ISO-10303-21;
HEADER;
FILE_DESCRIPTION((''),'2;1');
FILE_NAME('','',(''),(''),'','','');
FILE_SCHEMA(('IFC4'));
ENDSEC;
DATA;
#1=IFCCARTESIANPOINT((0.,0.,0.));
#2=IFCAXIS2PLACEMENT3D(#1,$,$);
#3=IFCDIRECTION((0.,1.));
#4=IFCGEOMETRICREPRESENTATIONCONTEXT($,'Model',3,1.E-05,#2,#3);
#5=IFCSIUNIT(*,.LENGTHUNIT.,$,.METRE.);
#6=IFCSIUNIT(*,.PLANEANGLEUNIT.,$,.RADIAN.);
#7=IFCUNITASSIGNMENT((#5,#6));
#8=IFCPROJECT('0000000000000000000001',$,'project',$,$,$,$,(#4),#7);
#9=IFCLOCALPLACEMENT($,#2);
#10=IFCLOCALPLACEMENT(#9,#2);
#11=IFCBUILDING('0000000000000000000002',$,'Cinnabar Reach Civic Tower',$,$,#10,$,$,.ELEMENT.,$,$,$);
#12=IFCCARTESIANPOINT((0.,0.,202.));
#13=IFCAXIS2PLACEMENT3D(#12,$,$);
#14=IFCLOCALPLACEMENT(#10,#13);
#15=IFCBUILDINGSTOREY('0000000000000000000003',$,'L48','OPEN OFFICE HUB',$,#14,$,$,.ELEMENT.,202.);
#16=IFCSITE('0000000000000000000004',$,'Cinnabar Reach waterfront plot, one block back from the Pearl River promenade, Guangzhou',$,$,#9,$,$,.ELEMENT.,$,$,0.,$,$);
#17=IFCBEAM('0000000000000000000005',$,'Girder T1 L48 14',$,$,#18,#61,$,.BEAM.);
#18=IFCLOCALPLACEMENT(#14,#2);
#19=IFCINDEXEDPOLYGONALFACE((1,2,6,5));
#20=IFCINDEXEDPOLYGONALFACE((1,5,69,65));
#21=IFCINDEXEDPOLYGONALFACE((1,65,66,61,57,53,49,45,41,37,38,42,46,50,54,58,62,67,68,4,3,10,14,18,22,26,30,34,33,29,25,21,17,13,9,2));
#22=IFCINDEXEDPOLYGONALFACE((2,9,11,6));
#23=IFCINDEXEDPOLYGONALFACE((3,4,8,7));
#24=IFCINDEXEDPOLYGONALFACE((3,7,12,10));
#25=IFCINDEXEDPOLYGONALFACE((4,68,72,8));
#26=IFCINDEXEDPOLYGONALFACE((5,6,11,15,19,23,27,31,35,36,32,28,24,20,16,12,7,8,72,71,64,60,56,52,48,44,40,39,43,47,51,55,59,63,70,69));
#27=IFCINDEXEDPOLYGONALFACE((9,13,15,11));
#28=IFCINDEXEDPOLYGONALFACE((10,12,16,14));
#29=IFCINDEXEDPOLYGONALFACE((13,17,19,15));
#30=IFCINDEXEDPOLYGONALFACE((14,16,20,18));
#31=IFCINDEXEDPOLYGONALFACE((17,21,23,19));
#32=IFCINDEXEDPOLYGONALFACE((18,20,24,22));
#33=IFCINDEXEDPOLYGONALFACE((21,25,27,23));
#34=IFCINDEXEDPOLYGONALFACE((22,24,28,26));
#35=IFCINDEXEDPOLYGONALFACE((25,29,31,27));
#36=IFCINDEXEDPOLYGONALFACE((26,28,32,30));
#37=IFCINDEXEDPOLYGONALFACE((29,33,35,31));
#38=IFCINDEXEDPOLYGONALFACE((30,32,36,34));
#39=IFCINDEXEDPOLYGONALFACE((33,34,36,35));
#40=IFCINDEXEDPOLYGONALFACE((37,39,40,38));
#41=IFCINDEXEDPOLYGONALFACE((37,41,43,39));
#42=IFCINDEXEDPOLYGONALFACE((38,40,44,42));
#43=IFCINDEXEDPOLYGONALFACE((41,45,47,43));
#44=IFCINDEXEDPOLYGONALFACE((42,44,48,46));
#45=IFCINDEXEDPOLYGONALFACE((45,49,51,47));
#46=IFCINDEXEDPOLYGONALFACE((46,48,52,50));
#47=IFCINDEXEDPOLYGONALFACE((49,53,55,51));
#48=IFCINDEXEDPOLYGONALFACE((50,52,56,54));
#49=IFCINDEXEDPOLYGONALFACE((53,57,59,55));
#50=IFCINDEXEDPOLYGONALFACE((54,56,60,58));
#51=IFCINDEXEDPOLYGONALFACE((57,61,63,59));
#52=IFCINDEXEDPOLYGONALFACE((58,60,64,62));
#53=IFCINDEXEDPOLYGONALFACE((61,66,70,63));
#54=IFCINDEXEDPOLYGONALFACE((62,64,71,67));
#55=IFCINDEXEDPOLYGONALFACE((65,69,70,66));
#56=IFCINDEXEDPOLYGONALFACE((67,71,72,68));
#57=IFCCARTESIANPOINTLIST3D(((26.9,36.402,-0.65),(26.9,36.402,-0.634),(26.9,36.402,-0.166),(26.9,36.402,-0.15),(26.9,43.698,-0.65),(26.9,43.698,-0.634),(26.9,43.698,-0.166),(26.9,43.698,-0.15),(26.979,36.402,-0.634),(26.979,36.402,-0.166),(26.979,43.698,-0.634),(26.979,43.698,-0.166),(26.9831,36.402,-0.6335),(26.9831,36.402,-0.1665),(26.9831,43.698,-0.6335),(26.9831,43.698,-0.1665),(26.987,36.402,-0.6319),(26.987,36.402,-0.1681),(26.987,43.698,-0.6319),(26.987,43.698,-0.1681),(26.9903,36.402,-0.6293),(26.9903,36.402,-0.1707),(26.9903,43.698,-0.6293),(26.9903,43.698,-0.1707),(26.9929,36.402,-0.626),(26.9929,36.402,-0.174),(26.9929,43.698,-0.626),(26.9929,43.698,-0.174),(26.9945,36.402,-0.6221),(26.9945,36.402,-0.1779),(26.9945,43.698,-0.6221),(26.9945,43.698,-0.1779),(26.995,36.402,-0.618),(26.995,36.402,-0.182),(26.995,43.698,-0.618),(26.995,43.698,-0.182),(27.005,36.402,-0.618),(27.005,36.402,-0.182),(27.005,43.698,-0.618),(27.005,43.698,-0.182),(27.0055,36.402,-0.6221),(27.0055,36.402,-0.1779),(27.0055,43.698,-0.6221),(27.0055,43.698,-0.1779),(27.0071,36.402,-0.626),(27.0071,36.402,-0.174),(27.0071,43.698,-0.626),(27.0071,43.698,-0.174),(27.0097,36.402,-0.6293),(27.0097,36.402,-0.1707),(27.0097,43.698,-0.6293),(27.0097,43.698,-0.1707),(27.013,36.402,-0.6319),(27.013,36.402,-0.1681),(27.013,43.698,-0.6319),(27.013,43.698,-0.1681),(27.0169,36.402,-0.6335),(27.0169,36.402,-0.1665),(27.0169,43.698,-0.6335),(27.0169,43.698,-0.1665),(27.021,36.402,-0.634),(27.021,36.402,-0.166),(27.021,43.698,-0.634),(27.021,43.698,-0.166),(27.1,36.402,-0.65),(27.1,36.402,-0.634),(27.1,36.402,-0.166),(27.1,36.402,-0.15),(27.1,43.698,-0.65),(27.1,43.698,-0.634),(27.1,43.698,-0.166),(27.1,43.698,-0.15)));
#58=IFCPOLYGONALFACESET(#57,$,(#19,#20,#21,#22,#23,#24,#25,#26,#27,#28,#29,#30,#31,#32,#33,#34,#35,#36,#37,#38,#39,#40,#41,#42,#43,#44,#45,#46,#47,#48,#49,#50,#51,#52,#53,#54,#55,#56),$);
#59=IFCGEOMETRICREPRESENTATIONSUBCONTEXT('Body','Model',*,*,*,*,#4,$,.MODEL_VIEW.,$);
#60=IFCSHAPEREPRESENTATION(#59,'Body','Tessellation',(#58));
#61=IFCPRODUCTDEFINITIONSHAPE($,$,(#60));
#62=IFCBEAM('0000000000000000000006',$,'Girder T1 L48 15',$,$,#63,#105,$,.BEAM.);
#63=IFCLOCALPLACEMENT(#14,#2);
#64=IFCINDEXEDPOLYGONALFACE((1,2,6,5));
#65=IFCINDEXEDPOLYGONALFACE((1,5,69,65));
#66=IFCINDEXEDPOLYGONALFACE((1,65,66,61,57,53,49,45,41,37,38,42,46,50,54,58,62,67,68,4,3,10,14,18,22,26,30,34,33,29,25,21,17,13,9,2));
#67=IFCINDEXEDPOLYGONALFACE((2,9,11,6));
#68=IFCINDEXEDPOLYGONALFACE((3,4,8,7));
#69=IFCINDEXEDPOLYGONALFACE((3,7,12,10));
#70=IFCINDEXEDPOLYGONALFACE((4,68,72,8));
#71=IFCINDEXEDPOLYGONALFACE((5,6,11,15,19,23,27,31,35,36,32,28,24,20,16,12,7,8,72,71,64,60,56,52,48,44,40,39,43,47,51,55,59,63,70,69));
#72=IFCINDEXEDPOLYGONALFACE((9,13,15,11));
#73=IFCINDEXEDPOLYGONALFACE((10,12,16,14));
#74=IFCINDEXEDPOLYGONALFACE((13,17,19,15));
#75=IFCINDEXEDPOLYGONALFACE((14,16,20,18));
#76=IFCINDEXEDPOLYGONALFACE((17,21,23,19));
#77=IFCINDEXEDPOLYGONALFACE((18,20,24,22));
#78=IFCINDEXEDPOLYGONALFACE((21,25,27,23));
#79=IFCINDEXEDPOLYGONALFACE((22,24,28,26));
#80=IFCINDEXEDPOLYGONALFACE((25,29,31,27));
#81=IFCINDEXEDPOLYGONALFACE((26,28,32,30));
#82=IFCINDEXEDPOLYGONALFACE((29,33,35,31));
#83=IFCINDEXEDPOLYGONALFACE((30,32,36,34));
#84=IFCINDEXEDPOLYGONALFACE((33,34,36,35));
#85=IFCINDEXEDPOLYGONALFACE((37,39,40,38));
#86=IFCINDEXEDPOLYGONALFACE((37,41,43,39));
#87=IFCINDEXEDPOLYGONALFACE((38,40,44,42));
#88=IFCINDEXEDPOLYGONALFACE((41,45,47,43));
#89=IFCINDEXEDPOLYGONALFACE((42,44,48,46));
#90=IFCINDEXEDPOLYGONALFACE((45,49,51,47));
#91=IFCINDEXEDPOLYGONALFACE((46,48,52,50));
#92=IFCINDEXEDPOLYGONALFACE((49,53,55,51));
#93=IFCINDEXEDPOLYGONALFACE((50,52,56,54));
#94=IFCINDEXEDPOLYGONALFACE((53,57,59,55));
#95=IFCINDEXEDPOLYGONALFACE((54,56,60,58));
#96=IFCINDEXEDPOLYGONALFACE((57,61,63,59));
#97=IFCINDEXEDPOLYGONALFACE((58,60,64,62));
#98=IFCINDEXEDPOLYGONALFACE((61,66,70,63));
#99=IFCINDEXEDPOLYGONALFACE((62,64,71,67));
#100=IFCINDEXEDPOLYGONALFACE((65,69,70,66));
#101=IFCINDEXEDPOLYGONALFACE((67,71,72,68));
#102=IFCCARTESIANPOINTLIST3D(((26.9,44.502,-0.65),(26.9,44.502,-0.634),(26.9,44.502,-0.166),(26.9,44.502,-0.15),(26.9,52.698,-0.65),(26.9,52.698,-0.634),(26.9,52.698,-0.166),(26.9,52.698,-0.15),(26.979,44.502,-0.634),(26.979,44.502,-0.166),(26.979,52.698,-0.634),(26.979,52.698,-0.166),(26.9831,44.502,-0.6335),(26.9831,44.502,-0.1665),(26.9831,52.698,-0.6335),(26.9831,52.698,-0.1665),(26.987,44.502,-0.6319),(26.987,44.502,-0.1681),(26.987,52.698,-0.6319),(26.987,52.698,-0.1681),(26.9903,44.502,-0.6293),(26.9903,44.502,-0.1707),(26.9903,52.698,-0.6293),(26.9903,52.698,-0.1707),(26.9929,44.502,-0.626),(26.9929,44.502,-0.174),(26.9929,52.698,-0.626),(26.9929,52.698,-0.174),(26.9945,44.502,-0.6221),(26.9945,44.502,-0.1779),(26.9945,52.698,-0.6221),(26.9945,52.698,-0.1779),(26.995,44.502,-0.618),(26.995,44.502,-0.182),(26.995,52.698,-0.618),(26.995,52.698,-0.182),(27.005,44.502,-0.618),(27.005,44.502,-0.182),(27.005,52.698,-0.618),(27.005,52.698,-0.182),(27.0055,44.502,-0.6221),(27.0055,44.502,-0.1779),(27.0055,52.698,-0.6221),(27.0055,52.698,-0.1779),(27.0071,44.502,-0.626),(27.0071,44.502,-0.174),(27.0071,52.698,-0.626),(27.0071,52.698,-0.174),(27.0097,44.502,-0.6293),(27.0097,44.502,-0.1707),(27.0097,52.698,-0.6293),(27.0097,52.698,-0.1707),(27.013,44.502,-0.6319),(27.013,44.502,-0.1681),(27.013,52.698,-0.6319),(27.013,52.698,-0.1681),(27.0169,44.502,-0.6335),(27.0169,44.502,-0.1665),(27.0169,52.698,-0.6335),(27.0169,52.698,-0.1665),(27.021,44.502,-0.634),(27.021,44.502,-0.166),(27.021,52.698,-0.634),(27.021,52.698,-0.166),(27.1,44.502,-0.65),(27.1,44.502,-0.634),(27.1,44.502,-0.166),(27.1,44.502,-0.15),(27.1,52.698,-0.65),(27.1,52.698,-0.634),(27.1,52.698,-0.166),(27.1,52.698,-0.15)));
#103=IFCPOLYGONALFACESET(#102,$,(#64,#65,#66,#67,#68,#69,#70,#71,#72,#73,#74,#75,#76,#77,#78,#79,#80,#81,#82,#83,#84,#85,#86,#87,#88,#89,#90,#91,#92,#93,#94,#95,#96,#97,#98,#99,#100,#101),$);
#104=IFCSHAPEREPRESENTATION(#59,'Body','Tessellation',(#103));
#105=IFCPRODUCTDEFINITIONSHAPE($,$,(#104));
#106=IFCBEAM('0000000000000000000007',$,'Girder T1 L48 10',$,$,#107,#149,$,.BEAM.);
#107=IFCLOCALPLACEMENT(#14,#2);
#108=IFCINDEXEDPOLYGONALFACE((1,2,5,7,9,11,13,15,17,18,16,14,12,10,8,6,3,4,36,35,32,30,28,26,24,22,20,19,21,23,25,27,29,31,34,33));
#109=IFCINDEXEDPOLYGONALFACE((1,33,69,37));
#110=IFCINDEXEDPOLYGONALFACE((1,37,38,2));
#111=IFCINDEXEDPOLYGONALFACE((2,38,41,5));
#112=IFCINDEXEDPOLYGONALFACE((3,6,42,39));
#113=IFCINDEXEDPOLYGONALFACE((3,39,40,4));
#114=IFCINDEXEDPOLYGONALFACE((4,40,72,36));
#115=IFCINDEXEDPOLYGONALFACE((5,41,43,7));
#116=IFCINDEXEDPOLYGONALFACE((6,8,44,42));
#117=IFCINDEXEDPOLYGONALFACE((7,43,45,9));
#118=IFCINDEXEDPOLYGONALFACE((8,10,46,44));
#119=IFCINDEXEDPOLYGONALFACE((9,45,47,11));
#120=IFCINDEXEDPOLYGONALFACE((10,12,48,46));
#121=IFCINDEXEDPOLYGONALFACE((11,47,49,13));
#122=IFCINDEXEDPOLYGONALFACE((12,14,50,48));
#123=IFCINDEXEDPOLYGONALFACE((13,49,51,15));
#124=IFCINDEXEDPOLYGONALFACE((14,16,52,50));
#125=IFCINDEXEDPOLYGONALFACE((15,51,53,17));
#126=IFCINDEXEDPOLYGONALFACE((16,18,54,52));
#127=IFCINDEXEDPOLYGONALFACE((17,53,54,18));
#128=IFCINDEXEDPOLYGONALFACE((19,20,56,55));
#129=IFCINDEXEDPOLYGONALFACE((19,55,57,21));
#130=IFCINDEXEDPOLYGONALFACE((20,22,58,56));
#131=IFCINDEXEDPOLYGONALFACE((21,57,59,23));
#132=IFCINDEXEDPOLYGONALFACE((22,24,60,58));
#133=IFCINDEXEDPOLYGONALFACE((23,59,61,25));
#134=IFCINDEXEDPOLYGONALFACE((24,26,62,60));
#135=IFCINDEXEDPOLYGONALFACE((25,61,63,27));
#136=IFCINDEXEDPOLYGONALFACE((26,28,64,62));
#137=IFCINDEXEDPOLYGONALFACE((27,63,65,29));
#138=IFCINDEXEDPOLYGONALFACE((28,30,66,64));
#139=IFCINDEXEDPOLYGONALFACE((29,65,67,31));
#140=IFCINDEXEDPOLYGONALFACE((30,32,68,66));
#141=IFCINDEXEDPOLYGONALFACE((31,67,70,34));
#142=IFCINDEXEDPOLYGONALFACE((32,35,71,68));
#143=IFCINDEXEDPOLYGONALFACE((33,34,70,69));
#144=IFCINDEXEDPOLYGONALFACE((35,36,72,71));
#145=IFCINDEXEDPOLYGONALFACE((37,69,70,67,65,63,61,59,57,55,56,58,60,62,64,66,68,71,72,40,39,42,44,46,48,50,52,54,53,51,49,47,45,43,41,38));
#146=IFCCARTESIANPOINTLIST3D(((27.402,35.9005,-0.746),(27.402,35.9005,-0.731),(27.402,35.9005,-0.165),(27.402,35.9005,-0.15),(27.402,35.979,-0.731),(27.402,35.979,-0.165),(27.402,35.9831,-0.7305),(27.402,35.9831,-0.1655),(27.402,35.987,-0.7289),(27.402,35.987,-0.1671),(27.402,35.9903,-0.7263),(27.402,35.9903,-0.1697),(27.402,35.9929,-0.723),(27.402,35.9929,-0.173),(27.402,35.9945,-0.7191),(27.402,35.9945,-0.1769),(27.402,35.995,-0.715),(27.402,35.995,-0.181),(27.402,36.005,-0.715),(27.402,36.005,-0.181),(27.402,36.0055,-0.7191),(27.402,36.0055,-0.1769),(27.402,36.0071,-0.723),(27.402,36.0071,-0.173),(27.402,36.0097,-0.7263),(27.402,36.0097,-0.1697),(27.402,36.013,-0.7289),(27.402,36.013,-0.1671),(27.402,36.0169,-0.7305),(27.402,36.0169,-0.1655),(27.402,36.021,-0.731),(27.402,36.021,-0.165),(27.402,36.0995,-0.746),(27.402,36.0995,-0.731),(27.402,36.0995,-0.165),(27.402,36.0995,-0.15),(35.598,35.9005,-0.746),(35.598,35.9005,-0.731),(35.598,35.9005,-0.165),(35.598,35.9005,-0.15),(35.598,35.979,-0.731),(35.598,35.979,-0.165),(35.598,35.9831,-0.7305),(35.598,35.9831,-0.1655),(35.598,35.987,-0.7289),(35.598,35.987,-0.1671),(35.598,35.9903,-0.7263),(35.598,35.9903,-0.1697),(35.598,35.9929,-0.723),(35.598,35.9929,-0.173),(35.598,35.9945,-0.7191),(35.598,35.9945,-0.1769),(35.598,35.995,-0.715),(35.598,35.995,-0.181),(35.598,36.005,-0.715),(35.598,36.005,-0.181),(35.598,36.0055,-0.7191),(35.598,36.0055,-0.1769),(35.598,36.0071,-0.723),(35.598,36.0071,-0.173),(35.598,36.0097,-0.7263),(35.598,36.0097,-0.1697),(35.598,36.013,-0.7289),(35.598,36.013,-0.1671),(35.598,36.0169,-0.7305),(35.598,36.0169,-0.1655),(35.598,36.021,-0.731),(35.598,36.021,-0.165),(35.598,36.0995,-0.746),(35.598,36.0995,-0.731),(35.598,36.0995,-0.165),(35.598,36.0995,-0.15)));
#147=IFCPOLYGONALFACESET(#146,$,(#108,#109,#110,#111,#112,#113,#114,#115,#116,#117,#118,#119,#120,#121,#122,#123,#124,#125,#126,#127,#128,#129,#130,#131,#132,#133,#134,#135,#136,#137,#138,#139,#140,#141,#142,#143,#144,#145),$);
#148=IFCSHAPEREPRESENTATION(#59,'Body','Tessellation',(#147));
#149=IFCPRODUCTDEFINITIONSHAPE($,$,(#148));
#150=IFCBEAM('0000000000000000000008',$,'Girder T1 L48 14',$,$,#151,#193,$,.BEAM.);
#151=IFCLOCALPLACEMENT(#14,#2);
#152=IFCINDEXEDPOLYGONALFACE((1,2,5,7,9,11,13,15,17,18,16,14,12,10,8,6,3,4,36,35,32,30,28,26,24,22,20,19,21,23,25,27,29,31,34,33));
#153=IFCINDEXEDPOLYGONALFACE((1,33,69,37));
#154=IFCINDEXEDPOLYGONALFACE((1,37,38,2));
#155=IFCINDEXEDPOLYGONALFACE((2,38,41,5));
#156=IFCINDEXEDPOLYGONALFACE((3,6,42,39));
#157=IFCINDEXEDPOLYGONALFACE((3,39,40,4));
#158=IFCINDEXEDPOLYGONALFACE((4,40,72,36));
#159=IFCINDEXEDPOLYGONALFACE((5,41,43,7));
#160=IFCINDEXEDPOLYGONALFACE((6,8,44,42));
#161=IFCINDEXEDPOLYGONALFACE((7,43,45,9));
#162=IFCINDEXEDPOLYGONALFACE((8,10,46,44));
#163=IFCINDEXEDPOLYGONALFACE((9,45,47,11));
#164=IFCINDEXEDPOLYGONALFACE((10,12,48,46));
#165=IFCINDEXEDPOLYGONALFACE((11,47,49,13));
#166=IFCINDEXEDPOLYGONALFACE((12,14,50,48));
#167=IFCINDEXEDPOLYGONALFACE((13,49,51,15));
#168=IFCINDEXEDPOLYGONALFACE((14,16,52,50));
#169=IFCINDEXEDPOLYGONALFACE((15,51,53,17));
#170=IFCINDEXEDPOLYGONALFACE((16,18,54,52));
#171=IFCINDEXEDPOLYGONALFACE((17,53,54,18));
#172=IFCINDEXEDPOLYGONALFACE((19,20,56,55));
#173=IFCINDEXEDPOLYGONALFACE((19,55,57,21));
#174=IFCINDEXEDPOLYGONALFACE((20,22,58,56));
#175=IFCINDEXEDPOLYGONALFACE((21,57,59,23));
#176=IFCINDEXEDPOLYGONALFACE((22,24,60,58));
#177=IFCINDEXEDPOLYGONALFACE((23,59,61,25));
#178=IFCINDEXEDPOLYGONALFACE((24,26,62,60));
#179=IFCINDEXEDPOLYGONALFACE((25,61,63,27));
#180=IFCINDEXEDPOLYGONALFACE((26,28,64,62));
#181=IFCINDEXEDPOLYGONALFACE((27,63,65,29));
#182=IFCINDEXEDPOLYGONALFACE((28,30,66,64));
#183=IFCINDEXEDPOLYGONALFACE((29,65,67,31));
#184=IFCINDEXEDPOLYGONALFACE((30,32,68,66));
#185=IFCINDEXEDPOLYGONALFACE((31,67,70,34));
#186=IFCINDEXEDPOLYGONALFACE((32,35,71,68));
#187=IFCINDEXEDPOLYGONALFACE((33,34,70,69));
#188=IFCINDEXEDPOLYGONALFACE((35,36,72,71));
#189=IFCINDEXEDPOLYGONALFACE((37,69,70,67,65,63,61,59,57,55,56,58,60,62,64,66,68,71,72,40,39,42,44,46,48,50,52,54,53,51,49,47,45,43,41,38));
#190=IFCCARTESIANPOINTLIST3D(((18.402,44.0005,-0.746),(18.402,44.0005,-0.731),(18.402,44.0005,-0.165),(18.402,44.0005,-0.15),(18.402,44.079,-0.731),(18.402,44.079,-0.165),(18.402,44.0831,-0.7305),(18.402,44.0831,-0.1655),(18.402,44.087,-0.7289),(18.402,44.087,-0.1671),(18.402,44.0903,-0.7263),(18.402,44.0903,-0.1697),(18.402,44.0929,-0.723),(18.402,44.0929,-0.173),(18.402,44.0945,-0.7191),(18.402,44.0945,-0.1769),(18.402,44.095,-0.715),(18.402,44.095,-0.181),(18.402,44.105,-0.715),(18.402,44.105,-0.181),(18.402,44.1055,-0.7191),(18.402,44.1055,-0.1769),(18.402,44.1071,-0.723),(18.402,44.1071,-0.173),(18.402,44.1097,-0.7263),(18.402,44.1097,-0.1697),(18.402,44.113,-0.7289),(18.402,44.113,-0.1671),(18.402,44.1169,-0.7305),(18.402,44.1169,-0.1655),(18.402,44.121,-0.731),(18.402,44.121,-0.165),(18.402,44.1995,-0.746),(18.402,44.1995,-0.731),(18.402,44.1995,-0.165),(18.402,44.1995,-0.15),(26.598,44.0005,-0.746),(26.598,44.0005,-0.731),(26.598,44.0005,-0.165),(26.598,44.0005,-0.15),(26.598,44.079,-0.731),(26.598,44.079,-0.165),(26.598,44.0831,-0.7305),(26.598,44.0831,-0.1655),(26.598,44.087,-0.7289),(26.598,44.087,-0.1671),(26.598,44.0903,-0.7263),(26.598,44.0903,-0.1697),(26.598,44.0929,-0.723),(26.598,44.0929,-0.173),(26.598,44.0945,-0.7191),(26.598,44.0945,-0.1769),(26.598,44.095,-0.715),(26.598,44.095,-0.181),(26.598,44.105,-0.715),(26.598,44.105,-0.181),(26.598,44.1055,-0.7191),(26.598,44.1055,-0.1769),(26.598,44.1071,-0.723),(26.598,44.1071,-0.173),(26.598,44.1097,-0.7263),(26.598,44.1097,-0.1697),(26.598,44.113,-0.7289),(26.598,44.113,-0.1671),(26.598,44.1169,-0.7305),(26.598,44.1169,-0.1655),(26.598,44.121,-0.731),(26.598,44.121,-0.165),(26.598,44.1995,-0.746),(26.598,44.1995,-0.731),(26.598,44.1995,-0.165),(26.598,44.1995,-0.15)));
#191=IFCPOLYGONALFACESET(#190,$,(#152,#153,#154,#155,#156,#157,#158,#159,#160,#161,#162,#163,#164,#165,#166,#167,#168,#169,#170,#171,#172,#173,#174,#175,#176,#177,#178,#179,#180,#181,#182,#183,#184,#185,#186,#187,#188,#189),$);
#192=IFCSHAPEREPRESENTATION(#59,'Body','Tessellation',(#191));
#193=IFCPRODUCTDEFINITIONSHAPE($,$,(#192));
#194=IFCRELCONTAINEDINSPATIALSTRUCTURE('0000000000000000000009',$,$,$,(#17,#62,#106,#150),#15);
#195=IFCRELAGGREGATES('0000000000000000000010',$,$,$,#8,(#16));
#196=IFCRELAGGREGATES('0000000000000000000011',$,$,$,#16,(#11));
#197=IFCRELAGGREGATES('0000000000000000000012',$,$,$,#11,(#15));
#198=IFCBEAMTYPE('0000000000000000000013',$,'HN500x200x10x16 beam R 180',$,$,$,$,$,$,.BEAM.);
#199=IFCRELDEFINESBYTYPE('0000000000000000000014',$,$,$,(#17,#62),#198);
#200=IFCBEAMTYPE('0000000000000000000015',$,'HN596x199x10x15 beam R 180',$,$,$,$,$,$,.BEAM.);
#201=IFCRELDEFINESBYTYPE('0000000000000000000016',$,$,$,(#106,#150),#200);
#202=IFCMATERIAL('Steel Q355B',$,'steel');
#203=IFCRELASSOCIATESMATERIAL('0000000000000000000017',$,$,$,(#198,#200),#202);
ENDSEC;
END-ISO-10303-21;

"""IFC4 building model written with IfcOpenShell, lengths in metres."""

from ifc_helpers import new_model, si_unit, direction, frame, origin, origin_2d, place, context, subcontext, project, spatial, i_section, extrude, material, material_profile, profile_set, type_object, element, save


model = new_model("IFC4")

# Units and contexts
model_context = context("Model", 3, precision=1e-05, world=origin(), true_north=direction((0.0, 1.0)))
body_context = subcontext(model_context, "Body", "Model", "MODEL_VIEW")
ifc_project = project(units=[si_unit("LENGTHUNIT", "METRE"), si_unit("PLANEANGLEUNIT", "RADIAN")], contexts=[model_context])

# Site, building, storey
site_placement = place(None, origin())
site = spatial("IfcSite", under=ifc_project, at=site_placement, Name="Cinnabar Reach waterfront plot, one block back from the Pearl River promenade, Guangzhou", CompositionType="ELEMENT", RefElevation=0.0)
building_placement = place(site_placement, origin())
building = spatial("IfcBuilding", under=site, at=building_placement, Name="Cinnabar Reach Civic Tower", CompositionType="ELEMENT")
storey_placement = place(building_placement, frame((0.0, 0.0, 202.0)))
storey = spatial("IfcBuildingStorey", under=building, at=storey_placement, Name="L48", Description="OPEN OFFICE HUB", CompositionType="ELEMENT", Elevation=202.0)

# Beams
ifc_material_1 = material(Name="Steel Q355B", Category="steel")
ifc_material_profile_1 = material_profile(ifc_material_1, i_section(OverallWidth=0.2, OverallDepth=0.5, WebThickness=0.01, FlangeThickness=0.016, FilletRadius=0.016, at=origin_2d()), Name="HN500x200x10x16")
ifc_profile_set_1 = profile_set([ifc_material_profile_1], Name="Steel Q355B")
beam_type_1 = type_object("IfcBeamType", Name="HN500x200x10x16 beam R 180", PredefinedType="BEAM", material=ifc_profile_set_1)
beam_1_placement = place(storey_placement, frame((27.0, 36.402, -0.4), z_axis=(0.0, 1.0, 0.0), x_axis=(-1.0, 0.0, 0.0)))
element("IfcBeam", 1, at=beam_1_placement, inside=storey, type_object=beam_type_1, Name="Girder T1 L48 14", PredefinedType="BEAM", context=body_context, shape_type="SweptSolid", body=[
    extrude(i_section(OverallWidth=0.2, OverallDepth=0.5, WebThickness=0.01, FlangeThickness=0.016, FilletRadius=0.016, at=origin_2d()), origin(), (0.0, 0.0, 1.0), 7.296),
])
beam_2_placement = place(storey_placement, frame((27.0, 44.502, -0.4), z_axis=(0.0, 1.0, 0.0), x_axis=(-1.0, 0.0, 0.0)))
element("IfcBeam", 2, at=beam_2_placement, inside=storey, type_object=beam_type_1, Name="Girder T1 L48 15", PredefinedType="BEAM", context=body_context, shape_type="SweptSolid", body=[
    extrude(i_section(OverallWidth=0.2, OverallDepth=0.5, WebThickness=0.01, FlangeThickness=0.016, FilletRadius=0.016, at=origin_2d()), origin(), (0.0, 0.0, 1.0), 8.196),
])
ifc_material_profile_2 = material_profile(ifc_material_1, i_section(OverallWidth=0.199, OverallDepth=0.596, WebThickness=0.01, FlangeThickness=0.015, FilletRadius=0.016, at=origin_2d()), Name="HN596x199x10x15")
ifc_profile_set_2 = profile_set([ifc_material_profile_2], Name="Steel Q355B")
beam_type_2 = type_object("IfcBeamType", Name="HN596x199x10x15 beam R 180", PredefinedType="BEAM", material=ifc_profile_set_2)
for number, where, z_axis, x_axis, name in (
    (3, (27.402, 36.0, -0.448), (1.0, 0.0, 0.0), (0.0, 1.0, 0.0), "Girder T1 L48 10"),
    (4, (18.402, 44.1, -0.448), (1.0, 0.0, 0.0), (0.0, 1.0, 0.0), "Girder T1 L48 14"),
):
    element("IfcBeam", number, at=place(storey_placement, frame(where, z_axis=z_axis, x_axis=x_axis)), inside=storey, type_object=beam_type_2, Name=name, PredefinedType="BEAM", context=body_context, shape_type="SweptSolid", body=[
        extrude(i_section(OverallWidth=0.199, OverallDepth=0.596, WebThickness=0.01, FlangeThickness=0.015, FilletRadius=0.016, at=origin_2d()), origin(), (0.0, 0.0, 1.0), 8.196),
    ])

save(model, "model.ifc")
